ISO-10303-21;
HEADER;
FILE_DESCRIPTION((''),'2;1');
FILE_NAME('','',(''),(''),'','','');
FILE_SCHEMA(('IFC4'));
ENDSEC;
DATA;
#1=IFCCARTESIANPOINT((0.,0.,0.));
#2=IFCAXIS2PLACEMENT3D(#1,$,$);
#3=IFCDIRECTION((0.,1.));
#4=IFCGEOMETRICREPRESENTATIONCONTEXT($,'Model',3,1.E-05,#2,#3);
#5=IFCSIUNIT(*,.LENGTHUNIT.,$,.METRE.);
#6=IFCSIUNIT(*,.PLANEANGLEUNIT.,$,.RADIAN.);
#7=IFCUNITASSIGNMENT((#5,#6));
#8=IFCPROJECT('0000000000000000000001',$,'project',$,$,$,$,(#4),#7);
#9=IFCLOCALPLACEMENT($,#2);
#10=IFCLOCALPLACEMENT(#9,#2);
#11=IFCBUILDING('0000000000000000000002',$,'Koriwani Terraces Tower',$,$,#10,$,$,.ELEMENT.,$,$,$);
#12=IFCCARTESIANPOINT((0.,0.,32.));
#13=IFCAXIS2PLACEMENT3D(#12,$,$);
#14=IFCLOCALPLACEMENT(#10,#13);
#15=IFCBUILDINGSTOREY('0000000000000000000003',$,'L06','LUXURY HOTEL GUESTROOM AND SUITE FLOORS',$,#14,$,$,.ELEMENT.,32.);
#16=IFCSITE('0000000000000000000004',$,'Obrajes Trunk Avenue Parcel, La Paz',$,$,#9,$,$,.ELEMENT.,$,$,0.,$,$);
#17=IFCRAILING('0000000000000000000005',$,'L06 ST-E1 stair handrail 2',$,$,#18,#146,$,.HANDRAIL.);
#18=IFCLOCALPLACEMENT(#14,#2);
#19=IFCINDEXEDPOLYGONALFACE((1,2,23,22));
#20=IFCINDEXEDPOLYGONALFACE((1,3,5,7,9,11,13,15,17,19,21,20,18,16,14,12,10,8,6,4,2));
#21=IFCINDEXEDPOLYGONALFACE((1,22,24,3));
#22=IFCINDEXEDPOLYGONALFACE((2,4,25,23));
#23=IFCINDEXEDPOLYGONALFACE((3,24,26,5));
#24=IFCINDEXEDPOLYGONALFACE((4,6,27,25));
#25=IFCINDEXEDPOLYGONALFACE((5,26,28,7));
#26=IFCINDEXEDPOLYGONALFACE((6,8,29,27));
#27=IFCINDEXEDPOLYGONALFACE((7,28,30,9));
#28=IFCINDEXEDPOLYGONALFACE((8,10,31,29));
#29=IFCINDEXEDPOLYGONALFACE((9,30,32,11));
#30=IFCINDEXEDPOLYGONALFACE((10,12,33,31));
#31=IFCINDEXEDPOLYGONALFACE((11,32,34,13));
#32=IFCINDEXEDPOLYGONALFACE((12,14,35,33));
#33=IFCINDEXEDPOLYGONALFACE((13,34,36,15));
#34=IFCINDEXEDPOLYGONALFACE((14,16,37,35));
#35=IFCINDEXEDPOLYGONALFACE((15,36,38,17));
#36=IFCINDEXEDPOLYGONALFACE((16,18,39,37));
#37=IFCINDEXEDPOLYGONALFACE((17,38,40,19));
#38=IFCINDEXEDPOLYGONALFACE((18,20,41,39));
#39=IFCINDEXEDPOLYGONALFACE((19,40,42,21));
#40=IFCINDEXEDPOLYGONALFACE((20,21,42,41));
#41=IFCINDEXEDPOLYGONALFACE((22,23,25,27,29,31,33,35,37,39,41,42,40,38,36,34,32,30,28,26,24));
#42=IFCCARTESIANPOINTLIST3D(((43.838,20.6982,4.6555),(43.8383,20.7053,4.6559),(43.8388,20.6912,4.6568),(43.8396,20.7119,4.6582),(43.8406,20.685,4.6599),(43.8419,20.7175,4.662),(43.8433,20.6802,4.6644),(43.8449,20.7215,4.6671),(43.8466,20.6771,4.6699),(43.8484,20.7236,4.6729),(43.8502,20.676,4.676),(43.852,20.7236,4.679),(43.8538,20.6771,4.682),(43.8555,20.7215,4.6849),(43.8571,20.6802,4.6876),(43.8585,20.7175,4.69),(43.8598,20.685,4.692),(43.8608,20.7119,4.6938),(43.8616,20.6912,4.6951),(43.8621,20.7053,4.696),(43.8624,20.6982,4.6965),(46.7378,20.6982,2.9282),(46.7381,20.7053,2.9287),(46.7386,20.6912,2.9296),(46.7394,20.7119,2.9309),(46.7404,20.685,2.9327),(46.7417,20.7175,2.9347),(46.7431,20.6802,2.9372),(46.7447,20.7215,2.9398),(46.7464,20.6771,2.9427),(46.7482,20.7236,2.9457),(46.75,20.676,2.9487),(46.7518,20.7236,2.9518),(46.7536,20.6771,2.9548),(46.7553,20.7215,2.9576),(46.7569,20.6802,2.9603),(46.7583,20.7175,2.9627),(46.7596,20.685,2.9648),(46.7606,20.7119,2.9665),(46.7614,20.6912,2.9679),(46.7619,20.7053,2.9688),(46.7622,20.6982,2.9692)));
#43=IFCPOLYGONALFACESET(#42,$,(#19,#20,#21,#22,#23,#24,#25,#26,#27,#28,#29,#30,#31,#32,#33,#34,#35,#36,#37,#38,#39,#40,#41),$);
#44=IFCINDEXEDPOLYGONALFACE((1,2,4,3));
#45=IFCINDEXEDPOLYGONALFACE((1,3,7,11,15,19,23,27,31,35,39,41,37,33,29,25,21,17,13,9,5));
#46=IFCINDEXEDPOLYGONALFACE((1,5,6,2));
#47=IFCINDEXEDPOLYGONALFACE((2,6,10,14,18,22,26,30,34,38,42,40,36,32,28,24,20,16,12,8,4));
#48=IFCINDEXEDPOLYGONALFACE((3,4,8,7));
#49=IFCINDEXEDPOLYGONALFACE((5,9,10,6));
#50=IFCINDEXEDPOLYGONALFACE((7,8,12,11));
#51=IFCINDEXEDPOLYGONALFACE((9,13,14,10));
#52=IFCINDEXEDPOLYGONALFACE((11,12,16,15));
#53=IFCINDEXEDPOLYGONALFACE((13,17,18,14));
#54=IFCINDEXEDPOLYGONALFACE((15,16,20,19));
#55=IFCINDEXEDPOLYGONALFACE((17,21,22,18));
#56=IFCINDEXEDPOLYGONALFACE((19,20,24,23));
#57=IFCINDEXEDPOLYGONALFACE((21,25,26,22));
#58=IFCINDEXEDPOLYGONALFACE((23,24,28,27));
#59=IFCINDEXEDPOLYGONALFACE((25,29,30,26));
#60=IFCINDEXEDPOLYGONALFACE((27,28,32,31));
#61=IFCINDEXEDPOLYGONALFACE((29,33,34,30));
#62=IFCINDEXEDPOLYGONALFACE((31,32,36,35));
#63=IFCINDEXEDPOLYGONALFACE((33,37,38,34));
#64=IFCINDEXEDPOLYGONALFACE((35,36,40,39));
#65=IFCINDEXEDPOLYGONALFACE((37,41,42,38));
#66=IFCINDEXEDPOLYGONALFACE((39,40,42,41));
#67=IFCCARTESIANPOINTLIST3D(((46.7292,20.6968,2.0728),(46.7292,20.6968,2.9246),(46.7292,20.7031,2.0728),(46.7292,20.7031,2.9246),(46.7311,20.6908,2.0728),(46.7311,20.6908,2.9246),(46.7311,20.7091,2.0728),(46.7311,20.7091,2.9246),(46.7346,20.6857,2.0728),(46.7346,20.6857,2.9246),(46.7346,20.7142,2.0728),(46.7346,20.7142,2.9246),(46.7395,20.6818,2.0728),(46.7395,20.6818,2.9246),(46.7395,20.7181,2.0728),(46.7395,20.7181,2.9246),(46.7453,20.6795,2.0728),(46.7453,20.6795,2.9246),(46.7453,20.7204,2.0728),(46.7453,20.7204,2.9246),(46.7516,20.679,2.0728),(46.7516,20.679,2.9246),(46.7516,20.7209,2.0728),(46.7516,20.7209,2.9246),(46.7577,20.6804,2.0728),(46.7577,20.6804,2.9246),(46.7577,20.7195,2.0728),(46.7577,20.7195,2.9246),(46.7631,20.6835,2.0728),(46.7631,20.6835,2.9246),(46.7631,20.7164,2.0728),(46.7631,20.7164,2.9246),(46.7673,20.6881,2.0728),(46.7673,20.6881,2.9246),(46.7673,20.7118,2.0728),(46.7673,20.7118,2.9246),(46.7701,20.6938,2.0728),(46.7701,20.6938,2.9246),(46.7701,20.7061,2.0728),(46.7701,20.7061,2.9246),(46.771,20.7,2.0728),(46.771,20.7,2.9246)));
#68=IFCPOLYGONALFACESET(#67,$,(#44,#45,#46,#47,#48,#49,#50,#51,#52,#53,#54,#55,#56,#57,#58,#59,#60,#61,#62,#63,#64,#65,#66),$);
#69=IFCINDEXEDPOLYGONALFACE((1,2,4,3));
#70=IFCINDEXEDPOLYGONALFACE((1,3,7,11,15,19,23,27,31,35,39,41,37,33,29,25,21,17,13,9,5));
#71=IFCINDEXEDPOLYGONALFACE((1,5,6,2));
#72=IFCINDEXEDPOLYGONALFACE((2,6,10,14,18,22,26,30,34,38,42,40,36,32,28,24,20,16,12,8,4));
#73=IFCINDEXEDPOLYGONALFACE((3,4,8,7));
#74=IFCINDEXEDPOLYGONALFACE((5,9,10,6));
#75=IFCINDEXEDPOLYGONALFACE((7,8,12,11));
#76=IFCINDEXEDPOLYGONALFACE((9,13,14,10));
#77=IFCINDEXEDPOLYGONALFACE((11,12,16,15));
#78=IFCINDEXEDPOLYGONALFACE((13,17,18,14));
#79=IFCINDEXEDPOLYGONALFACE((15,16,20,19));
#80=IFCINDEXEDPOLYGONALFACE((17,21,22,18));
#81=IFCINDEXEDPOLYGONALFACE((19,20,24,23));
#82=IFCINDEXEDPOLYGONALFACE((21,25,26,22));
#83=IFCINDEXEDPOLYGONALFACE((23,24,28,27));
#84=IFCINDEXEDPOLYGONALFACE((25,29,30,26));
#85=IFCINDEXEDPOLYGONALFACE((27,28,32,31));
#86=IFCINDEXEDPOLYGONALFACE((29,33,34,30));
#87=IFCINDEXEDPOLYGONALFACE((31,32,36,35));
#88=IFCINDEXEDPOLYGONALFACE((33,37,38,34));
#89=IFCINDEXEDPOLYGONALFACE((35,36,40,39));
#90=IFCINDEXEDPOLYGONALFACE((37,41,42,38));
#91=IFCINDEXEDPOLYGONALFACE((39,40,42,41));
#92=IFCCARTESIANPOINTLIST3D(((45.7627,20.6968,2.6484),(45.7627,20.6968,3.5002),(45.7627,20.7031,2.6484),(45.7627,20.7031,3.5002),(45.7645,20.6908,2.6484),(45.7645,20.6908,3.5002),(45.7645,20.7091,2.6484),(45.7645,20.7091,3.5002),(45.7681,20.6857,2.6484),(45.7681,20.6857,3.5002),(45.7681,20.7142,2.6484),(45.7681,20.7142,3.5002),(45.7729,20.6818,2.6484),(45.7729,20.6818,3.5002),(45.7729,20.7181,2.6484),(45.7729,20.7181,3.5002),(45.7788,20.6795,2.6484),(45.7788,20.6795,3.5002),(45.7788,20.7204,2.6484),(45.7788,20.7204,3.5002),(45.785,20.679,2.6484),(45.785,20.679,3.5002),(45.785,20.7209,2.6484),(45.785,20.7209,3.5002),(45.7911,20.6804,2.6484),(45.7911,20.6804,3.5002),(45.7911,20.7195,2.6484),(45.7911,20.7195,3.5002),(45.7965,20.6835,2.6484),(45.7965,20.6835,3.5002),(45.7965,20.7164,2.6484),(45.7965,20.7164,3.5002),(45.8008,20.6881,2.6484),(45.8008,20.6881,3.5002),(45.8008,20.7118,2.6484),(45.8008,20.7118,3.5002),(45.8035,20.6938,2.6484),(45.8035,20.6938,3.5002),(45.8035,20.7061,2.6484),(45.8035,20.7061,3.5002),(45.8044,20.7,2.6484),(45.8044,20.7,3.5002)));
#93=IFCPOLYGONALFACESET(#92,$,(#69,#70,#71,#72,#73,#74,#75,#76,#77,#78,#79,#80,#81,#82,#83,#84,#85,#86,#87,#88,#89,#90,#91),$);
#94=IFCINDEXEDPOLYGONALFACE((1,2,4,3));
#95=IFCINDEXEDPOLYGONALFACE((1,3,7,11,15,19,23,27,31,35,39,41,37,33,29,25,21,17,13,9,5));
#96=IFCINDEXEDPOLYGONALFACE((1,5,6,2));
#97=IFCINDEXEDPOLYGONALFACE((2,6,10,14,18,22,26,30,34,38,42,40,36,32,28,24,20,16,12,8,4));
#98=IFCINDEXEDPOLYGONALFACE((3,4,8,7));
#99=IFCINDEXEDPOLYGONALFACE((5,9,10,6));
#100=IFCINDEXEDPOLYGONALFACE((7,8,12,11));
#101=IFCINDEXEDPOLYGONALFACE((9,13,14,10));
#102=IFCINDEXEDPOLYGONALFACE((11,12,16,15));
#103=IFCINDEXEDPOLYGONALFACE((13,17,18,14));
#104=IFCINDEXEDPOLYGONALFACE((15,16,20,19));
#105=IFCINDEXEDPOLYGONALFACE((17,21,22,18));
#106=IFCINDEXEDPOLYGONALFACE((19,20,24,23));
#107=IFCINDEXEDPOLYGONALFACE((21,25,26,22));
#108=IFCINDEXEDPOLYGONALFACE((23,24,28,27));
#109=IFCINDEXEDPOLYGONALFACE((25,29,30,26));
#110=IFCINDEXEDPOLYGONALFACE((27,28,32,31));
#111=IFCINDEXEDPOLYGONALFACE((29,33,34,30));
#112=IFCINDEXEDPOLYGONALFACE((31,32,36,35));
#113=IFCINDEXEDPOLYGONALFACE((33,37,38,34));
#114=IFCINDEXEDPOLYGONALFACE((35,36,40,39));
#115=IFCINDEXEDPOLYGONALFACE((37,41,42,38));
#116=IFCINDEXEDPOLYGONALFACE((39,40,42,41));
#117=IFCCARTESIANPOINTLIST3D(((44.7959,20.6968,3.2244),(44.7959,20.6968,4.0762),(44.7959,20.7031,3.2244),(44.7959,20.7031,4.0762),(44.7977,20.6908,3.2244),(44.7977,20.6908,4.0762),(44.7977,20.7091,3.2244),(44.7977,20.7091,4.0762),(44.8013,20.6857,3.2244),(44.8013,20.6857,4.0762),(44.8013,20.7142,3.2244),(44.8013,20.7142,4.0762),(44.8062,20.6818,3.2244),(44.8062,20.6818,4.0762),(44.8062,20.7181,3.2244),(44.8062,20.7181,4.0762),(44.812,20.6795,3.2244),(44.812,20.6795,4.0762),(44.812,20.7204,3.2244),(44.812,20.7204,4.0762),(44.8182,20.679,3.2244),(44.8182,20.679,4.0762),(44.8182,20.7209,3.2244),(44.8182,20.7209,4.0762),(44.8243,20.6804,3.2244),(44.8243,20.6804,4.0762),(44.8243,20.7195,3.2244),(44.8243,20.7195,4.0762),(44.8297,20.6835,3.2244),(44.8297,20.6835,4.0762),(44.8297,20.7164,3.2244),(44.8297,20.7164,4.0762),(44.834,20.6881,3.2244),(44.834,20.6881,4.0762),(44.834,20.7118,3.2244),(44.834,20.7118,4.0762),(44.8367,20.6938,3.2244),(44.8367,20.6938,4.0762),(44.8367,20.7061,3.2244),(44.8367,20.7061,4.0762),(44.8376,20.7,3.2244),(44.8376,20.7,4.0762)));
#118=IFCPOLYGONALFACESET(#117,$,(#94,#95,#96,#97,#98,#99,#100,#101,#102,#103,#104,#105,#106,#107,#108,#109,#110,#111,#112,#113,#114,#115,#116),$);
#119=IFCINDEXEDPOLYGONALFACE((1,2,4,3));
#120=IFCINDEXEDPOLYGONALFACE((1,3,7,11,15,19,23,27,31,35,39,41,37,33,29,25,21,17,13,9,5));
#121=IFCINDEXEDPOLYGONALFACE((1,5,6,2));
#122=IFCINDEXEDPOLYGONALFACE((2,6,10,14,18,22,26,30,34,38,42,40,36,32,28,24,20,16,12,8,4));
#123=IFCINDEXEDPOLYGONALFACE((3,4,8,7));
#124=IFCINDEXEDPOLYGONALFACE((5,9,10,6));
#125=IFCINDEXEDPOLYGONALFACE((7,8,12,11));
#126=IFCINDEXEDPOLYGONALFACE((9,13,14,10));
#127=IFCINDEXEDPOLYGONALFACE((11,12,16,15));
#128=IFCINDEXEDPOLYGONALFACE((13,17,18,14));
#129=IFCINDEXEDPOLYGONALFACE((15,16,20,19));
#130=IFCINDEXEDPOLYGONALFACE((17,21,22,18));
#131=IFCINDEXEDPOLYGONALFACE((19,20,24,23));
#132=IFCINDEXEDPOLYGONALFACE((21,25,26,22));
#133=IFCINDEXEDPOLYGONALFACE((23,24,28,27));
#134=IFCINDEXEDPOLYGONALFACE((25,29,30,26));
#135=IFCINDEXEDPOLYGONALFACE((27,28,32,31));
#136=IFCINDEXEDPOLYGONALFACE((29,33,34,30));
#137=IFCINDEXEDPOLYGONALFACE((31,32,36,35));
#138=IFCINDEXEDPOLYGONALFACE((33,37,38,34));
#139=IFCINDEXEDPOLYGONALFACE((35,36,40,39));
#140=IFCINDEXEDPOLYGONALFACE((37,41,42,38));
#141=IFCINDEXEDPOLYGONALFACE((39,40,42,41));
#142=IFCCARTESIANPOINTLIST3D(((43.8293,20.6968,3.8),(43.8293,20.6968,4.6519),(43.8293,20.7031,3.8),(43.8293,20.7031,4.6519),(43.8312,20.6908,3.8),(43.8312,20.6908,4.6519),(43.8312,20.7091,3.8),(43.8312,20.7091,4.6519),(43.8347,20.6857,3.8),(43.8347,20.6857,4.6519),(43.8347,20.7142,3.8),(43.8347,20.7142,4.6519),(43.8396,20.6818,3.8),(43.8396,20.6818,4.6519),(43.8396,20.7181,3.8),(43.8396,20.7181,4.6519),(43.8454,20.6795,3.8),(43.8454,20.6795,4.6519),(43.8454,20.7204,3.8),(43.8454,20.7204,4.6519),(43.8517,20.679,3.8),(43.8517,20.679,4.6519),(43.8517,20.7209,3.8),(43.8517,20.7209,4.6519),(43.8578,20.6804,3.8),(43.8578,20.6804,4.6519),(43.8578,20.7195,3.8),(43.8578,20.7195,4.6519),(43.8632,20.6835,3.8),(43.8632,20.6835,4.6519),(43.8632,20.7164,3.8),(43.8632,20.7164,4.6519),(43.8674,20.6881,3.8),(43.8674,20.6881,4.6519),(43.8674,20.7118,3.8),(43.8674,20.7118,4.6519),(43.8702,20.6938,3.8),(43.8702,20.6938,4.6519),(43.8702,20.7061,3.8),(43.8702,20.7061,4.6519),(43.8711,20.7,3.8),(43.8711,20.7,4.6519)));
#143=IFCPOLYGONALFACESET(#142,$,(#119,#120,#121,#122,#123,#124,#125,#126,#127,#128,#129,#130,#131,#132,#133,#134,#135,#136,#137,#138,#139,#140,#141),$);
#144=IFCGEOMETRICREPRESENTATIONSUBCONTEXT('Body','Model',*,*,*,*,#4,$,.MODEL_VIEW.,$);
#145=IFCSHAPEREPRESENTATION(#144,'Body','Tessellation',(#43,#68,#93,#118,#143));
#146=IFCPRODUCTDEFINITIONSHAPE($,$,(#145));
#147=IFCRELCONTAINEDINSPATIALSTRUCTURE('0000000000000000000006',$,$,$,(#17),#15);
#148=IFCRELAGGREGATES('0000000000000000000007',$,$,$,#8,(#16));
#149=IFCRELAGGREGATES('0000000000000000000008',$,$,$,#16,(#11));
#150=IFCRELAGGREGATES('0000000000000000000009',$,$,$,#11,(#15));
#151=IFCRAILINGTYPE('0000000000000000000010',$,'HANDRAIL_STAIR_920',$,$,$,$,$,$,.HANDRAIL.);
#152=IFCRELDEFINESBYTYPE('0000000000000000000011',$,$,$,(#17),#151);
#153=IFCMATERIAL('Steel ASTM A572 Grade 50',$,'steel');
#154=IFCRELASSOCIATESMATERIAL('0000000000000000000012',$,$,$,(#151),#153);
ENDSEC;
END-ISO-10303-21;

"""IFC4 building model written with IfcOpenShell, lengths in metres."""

from ifc_helpers import new_model, si_unit, direction, frame, origin, origin_2d, place, context, subcontext, project, spatial, circle, extrude, material, type_object, element, save


model = new_model("IFC4")

# Units and contexts
model_context = context("Model", 3, precision=1e-05, world=origin(), true_north=direction((0.0, 1.0)))
body_context = subcontext(model_context, "Body", "Model", "MODEL_VIEW")
ifc_project = project(units=[si_unit("LENGTHUNIT", "METRE"), si_unit("PLANEANGLEUNIT", "RADIAN")], contexts=[model_context])

# Site, building, storey
site_placement = place(None, origin())
site = spatial("IfcSite", under=ifc_project, at=site_placement, Name="Obrajes Trunk Avenue Parcel, La Paz", CompositionType="ELEMENT", RefElevation=0.0)
building_placement = place(site_placement, origin())
building = spatial("IfcBuilding", under=site, at=building_placement, Name="Koriwani Terraces Tower", CompositionType="ELEMENT")
storey_placement = place(building_placement, frame((0.0, 0.0, 32.0)))
storey = spatial("IfcBuildingStorey", under=building, at=storey_placement, Name="L06", Description="LUXURY HOTEL GUESTROOM AND SUITE FLOORS", CompositionType="ELEMENT", Elevation=32.0)

# Shared definitions
ifc_material_1 = material(Name="Steel ASTM A572 Grade 50", Category="steel")

# Railing
railing_type_1 = type_object("IfcRailingType", Name="HANDRAIL_STAIR_920", PredefinedType="HANDRAIL", material=ifc_material_1)
railing_1_placement = place(storey_placement, frame((46.75, 20.7, 2.0728)))
element("IfcRailing", 1, at=railing_1_placement, inside=storey, type_object=railing_type_1, Name="L06 ST-E1 stair handrail 2", PredefinedType="HANDRAIL", context=body_context, shape_type="SweptSolid", body=[
    extrude(circle(Radius=0.0239, at=origin_2d()), frame((0.0, 0.0, 0.876), z_axis=(-0.859141, 0.0, 0.511738), x_axis=(0.0, -1.0, 0.0)), (0.0, 0.0, 1.0), 3.3752),
    extrude(circle(Radius=0.021, at=origin_2d()), origin(), (0.0, 0.0, 1.0), 0.8518),
    extrude(circle(Radius=0.021, at=origin_2d()), frame((-0.9666, 0.0, 0.5757)), (0.0, 0.0, 1.0), 0.8518),
    extrude(circle(Radius=0.021, at=origin_2d()), frame((-1.9333, 0.0, 1.1516)), (0.0, 0.0, 1.0), 0.8518),
    extrude(circle(Radius=0.021, at=origin_2d()), frame((-2.8999, 0.0, 1.7273)), (0.0, 0.0, 1.0), 0.8518),
])

save(model, "model.ifc")
